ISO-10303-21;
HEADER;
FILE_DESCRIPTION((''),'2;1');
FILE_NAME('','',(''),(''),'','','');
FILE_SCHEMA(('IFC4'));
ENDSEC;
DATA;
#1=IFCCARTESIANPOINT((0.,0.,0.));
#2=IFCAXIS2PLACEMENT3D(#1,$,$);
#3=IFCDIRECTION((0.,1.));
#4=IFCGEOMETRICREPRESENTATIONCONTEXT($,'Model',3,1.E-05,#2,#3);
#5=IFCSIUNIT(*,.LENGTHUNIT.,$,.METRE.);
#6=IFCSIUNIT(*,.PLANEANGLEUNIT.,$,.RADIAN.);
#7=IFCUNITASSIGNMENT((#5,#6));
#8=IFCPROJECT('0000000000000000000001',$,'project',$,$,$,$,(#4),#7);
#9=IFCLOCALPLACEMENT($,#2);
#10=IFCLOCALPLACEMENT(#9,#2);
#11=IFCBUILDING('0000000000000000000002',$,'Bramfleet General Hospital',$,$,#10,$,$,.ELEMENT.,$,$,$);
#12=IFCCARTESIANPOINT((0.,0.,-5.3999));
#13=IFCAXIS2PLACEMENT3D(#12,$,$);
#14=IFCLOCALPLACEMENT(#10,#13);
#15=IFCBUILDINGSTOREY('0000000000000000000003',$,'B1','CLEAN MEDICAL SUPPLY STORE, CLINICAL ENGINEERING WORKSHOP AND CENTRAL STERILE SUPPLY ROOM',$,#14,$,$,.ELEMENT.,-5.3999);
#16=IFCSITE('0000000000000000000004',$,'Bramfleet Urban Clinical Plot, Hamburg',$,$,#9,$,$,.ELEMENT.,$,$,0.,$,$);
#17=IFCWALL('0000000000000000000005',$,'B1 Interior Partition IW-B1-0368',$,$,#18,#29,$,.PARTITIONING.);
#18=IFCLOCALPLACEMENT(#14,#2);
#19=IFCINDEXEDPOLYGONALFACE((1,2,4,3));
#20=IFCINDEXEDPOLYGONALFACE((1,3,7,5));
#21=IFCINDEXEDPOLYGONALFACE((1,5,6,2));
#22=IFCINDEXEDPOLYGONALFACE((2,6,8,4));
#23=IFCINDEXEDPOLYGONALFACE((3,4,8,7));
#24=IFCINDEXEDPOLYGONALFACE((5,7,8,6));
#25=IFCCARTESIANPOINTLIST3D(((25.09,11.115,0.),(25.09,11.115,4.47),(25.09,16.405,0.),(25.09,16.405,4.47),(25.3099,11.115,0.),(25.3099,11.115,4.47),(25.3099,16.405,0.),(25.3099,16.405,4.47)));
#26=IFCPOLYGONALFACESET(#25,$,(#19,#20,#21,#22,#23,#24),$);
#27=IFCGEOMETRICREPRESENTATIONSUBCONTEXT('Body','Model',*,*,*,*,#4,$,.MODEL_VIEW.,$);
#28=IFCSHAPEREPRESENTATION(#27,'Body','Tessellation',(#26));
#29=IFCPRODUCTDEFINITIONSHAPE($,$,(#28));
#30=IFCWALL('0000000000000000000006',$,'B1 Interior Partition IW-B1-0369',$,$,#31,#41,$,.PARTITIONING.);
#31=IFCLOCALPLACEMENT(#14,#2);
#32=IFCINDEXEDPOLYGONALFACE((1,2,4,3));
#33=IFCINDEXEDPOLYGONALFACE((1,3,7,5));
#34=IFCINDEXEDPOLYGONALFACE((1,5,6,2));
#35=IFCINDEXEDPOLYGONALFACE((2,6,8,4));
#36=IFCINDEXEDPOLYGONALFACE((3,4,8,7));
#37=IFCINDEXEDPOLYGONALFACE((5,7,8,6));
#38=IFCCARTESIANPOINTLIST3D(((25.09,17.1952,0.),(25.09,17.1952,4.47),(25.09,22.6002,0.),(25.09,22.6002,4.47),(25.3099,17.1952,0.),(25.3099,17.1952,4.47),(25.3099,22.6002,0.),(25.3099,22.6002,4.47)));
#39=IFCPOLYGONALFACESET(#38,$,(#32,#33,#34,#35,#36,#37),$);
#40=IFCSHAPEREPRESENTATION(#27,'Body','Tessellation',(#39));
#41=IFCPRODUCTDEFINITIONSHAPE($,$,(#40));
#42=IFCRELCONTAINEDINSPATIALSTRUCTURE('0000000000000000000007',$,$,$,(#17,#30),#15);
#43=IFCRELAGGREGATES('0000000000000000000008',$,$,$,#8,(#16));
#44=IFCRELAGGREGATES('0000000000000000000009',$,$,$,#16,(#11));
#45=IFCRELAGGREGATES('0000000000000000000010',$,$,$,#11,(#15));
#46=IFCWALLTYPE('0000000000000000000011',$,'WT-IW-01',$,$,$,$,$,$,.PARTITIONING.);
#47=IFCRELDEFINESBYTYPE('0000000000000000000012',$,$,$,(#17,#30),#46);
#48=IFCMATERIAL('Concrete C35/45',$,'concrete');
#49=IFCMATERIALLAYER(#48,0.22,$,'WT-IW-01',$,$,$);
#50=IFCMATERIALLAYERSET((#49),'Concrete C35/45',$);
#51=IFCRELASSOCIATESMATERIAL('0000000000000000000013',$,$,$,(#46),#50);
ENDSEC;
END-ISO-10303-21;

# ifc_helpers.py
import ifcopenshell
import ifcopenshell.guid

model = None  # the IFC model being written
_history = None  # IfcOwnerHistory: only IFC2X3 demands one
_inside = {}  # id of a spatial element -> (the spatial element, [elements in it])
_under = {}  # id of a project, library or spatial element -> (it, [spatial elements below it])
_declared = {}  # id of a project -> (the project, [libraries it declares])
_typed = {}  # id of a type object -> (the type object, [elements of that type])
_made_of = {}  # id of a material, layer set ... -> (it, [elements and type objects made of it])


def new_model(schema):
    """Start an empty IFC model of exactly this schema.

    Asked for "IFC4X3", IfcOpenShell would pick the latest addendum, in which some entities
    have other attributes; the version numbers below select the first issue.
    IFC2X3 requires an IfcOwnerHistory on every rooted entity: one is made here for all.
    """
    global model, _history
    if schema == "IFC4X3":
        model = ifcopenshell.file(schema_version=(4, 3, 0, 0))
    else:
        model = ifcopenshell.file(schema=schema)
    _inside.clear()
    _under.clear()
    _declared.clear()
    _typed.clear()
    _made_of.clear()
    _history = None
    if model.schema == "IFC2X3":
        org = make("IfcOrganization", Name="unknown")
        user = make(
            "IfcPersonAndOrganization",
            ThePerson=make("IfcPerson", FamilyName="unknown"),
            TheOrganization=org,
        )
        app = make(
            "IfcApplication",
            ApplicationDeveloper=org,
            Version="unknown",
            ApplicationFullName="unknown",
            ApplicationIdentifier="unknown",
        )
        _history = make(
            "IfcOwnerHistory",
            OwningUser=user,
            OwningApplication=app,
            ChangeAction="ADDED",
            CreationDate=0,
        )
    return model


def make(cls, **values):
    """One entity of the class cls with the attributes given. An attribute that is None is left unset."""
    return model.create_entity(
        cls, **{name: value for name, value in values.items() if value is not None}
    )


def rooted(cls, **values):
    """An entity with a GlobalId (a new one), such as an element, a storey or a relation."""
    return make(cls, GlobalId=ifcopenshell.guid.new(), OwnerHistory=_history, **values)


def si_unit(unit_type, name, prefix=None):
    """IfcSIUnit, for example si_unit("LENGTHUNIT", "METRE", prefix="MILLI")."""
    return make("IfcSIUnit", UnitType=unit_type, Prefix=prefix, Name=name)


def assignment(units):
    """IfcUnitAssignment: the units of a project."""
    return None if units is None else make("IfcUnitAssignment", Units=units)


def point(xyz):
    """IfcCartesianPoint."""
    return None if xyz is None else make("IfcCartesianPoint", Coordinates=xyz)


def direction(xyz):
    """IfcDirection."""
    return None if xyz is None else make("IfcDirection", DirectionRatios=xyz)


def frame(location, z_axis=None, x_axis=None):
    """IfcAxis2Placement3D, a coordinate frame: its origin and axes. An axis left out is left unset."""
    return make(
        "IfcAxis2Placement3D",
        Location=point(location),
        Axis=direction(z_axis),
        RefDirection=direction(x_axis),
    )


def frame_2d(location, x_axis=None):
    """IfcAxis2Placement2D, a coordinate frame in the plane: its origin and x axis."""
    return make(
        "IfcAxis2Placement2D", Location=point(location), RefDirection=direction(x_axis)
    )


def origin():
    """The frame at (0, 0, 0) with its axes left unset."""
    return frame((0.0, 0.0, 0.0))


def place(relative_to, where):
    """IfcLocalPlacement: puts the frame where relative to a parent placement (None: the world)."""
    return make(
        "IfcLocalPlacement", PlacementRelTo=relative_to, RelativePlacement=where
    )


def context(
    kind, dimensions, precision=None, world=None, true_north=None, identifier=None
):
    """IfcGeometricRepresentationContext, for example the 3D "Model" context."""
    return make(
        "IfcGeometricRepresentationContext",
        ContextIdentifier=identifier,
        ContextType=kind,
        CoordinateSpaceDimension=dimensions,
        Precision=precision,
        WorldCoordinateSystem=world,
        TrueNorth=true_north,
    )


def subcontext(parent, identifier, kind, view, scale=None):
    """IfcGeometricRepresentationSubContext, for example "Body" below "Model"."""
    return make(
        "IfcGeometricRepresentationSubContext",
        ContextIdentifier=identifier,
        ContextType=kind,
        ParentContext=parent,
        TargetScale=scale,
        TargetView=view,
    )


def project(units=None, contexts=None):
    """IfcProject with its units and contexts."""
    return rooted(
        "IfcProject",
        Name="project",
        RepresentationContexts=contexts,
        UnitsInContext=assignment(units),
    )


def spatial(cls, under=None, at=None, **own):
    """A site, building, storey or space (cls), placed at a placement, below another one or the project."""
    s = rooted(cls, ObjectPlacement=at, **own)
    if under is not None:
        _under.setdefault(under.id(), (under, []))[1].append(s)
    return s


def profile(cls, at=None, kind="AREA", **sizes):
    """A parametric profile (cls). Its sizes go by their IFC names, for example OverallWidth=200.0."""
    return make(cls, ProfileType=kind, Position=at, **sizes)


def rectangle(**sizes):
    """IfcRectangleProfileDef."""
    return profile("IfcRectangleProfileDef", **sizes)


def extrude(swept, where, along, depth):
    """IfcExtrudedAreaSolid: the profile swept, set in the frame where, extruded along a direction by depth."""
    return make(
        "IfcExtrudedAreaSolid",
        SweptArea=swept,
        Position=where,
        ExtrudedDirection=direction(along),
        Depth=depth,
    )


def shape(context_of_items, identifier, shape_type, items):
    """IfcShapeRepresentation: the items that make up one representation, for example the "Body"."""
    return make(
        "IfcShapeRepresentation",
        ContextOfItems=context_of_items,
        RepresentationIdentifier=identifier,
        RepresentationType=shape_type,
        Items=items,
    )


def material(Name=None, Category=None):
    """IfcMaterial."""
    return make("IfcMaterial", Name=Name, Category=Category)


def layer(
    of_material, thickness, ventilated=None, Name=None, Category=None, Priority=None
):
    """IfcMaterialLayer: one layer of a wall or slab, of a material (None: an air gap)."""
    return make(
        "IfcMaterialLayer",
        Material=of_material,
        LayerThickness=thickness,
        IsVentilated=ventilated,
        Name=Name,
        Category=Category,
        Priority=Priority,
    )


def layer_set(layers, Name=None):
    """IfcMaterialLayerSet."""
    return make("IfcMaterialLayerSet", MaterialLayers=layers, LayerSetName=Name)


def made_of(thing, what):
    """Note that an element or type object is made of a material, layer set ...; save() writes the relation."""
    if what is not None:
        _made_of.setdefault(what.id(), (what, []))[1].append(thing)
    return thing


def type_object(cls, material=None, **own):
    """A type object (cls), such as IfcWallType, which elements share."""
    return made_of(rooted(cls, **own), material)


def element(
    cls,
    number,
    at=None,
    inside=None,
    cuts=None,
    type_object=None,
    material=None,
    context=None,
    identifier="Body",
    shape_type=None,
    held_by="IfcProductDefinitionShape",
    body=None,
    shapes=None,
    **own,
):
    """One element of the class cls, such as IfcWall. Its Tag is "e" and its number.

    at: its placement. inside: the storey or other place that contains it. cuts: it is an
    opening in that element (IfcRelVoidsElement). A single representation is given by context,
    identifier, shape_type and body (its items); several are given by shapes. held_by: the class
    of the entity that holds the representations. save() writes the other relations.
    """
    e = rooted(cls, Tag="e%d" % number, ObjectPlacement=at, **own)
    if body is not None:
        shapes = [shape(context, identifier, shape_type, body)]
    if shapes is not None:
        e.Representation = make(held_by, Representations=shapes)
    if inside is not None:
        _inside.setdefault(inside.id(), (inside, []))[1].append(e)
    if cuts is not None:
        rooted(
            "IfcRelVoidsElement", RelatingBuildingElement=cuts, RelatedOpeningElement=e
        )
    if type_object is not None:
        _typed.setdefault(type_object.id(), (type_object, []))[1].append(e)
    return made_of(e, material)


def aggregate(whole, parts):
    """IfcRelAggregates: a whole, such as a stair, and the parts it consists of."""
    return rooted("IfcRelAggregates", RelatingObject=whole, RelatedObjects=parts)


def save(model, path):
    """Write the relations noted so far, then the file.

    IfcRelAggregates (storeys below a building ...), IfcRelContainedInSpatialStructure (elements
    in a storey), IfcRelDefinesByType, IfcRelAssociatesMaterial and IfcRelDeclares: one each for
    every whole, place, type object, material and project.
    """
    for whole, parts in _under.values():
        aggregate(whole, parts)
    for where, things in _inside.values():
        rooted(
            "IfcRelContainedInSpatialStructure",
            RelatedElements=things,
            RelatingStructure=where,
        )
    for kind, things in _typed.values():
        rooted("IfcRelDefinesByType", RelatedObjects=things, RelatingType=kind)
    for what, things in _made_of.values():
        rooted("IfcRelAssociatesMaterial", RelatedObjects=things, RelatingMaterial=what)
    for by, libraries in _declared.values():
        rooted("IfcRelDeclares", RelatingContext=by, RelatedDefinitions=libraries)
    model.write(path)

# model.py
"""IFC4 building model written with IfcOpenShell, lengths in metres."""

from ifc_helpers import new_model, si_unit, direction, frame, frame_2d, origin, place, context, subcontext, project, spatial, rectangle, extrude, material, layer, layer_set, type_object, element, save


model = new_model("IFC4")

# Units and contexts
model_context = context("Model", 3, precision=1e-05, world=origin(), true_north=direction((0.0, 1.0)))
body_context = subcontext(model_context, "Body", "Model", "MODEL_VIEW")
ifc_project = project(units=[si_unit("LENGTHUNIT", "METRE"), si_unit("PLANEANGLEUNIT", "RADIAN")], contexts=[model_context])

# Site, building, storey
site_placement = place(None, origin())
site = spatial("IfcSite", under=ifc_project, at=site_placement, Name="Bramfleet Urban Clinical Plot, Hamburg", CompositionType="ELEMENT", RefElevation=0.0)
building_placement = place(site_placement, origin())
building = spatial("IfcBuilding", under=site, at=building_placement, Name="Bramfleet General Hospital", CompositionType="ELEMENT")
storey_placement = place(building_placement, frame((0.0, 0.0, -5.3999)))
storey = spatial("IfcBuildingStorey", under=building, at=storey_placement, Name="B1", Description="CLEAN MEDICAL SUPPLY STORE, CLINICAL ENGINEERING WORKSHOP AND CENTRAL STERILE SUPPLY ROOM", CompositionType="ELEMENT", Elevation=-5.3999)

# Shared definitions
ifc_material_1 = material(Name="Concrete C35/45", Category="concrete")

# Shared definitions
ifc_layer = layer(ifc_material_1, 0.22, Name="WT-IW-01")
ifc_layer_set = layer_set([ifc_layer], Name="Concrete C35/45")
wall_type = type_object("IfcWallType", Name="WT-IW-01", PredefinedType="PARTITIONING", material=ifc_layer_set)

# Walls
wall_1_placement = place(storey_placement, frame((25.2, 11.115, 0.0), z_axis=(0.0, 0.0, 1.0), x_axis=(0.0, 1.0, 0.0)))
element("IfcWall", 1, at=wall_1_placement, inside=storey, type_object=wall_type, Name="B1 Interior Partition IW-B1-0368", PredefinedType="PARTITIONING", context=body_context, shape_type="SweptSolid", body=[
    extrude(rectangle(XDim=5.29, YDim=0.22, at=frame_2d((2.645, 0.0))), origin(), (0.0, 0.0, 1.0), 4.47),
])
wall_2_placement = place(storey_placement, frame((25.2, 17.1951, 0.0), z_axis=(0.0, 0.0, 1.0), x_axis=(0.0, 1.0, 0.0)))
element("IfcWall", 2, at=wall_2_placement, inside=storey, type_object=wall_type, Name="B1 Interior Partition IW-B1-0369", PredefinedType="PARTITIONING", context=body_context, shape_type="SweptSolid", body=[
    extrude(rectangle(XDim=5.405, YDim=0.22, at=frame_2d((2.7026, 0.0))), origin(), (0.0, 0.0, 1.0), 4.47),
])

save(model, "model.ifc")
